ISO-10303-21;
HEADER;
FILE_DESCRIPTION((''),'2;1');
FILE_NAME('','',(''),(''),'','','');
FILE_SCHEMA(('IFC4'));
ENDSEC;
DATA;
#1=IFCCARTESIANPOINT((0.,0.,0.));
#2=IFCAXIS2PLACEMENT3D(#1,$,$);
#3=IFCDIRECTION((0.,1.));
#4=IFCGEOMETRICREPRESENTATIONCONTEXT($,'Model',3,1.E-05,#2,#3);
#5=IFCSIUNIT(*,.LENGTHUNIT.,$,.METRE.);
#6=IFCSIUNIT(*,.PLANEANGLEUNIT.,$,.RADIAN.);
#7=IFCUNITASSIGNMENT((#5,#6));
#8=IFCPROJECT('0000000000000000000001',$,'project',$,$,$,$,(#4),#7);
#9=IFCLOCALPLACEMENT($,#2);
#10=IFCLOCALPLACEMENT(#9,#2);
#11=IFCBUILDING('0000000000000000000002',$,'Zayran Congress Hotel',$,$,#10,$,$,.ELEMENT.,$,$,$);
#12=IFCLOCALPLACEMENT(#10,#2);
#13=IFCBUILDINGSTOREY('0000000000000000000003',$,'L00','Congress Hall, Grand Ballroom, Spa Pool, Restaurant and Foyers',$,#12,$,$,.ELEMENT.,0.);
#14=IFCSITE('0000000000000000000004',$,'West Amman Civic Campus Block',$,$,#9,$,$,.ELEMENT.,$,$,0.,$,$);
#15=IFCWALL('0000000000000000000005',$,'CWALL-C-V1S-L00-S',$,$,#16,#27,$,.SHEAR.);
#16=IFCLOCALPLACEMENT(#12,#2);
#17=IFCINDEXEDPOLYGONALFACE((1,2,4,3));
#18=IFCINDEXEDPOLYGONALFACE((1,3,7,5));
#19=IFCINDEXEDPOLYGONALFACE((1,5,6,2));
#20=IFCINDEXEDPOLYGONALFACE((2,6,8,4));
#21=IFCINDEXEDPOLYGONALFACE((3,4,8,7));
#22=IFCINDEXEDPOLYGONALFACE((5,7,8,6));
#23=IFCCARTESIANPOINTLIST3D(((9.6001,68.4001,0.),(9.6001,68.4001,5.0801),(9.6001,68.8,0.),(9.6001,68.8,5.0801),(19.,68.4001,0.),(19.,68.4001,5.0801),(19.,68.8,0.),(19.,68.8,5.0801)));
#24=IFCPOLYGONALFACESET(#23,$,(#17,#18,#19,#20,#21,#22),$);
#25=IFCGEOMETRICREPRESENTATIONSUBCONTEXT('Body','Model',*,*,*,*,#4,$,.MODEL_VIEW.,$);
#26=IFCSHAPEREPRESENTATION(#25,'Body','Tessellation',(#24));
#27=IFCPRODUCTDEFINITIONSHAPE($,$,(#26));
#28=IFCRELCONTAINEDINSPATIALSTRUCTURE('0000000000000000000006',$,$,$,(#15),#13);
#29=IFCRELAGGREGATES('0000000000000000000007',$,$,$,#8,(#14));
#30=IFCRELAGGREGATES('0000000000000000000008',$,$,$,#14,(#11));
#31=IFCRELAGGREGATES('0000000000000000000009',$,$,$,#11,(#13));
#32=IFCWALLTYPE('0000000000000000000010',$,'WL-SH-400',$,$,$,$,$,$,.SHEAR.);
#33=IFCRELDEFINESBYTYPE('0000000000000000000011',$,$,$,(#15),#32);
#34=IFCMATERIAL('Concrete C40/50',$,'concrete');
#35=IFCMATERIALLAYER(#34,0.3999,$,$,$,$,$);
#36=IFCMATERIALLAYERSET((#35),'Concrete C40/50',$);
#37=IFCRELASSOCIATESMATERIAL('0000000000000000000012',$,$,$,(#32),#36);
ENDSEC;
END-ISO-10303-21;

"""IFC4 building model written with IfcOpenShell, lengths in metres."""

from ifc_helpers import new_model, si_unit, direction, frame, frame_2d, origin, place, context, subcontext, project, spatial, rectangle, extrude, material, layer, layer_set, type_object, element, save


model = new_model("IFC4")

# Units and contexts
model_context = context("Model", 3, precision=1e-05, world=origin(), true_north=direction((0.0, 1.0)))
body_context = subcontext(model_context, "Body", "Model", "MODEL_VIEW")
ifc_project = project(units=[si_unit("LENGTHUNIT", "METRE"), si_unit("PLANEANGLEUNIT", "RADIAN")], contexts=[model_context])

# Site, building, storey
site_placement = place(None, origin())
site = spatial("IfcSite", under=ifc_project, at=site_placement, Name="West Amman Civic Campus Block", CompositionType="ELEMENT", RefElevation=0.0)
building_placement = place(site_placement, origin())
building = spatial("IfcBuilding", under=site, at=building_placement, Name="Zayran Congress Hotel", CompositionType="ELEMENT")
storey_placement = place(building_placement, origin())
storey = spatial("IfcBuildingStorey", under=building, at=storey_placement, Name="L00", Description="Congress Hall, Grand Ballroom, Spa Pool, Restaurant and Foyers", CompositionType="ELEMENT", Elevation=0.0)

# Shared definitions
ifc_material_1 = material(Name="Concrete C40/50", Category="concrete")

# Wall
ifc_layer_1 = layer(ifc_material_1, 0.3999)
ifc_layer_set_1 = layer_set([ifc_layer_1], Name="Concrete C40/50")
wall_type = type_object("IfcWallType", Name="WL-SH-400", PredefinedType="SHEAR", material=ifc_layer_set_1)
wall_placement = place(storey_placement, frame((9.6001, 68.6001, 0.0), z_axis=(0.0, 0.0, 1.0), x_axis=(1.0, 0.0, 0.0)))
element("IfcWall", 1, at=wall_placement, inside=storey, type_object=wall_type, Name="CWALL-C-V1S-L00-S", PredefinedType="SHEAR", context=body_context, shape_type="SweptSolid", body=[
    extrude(rectangle(XDim=9.3999, YDim=0.3999, at=frame_2d((4.7, 0.0))), origin(), (0.0, 0.0, 1.0), 5.0801),
])

save(model, "model.ifc")
